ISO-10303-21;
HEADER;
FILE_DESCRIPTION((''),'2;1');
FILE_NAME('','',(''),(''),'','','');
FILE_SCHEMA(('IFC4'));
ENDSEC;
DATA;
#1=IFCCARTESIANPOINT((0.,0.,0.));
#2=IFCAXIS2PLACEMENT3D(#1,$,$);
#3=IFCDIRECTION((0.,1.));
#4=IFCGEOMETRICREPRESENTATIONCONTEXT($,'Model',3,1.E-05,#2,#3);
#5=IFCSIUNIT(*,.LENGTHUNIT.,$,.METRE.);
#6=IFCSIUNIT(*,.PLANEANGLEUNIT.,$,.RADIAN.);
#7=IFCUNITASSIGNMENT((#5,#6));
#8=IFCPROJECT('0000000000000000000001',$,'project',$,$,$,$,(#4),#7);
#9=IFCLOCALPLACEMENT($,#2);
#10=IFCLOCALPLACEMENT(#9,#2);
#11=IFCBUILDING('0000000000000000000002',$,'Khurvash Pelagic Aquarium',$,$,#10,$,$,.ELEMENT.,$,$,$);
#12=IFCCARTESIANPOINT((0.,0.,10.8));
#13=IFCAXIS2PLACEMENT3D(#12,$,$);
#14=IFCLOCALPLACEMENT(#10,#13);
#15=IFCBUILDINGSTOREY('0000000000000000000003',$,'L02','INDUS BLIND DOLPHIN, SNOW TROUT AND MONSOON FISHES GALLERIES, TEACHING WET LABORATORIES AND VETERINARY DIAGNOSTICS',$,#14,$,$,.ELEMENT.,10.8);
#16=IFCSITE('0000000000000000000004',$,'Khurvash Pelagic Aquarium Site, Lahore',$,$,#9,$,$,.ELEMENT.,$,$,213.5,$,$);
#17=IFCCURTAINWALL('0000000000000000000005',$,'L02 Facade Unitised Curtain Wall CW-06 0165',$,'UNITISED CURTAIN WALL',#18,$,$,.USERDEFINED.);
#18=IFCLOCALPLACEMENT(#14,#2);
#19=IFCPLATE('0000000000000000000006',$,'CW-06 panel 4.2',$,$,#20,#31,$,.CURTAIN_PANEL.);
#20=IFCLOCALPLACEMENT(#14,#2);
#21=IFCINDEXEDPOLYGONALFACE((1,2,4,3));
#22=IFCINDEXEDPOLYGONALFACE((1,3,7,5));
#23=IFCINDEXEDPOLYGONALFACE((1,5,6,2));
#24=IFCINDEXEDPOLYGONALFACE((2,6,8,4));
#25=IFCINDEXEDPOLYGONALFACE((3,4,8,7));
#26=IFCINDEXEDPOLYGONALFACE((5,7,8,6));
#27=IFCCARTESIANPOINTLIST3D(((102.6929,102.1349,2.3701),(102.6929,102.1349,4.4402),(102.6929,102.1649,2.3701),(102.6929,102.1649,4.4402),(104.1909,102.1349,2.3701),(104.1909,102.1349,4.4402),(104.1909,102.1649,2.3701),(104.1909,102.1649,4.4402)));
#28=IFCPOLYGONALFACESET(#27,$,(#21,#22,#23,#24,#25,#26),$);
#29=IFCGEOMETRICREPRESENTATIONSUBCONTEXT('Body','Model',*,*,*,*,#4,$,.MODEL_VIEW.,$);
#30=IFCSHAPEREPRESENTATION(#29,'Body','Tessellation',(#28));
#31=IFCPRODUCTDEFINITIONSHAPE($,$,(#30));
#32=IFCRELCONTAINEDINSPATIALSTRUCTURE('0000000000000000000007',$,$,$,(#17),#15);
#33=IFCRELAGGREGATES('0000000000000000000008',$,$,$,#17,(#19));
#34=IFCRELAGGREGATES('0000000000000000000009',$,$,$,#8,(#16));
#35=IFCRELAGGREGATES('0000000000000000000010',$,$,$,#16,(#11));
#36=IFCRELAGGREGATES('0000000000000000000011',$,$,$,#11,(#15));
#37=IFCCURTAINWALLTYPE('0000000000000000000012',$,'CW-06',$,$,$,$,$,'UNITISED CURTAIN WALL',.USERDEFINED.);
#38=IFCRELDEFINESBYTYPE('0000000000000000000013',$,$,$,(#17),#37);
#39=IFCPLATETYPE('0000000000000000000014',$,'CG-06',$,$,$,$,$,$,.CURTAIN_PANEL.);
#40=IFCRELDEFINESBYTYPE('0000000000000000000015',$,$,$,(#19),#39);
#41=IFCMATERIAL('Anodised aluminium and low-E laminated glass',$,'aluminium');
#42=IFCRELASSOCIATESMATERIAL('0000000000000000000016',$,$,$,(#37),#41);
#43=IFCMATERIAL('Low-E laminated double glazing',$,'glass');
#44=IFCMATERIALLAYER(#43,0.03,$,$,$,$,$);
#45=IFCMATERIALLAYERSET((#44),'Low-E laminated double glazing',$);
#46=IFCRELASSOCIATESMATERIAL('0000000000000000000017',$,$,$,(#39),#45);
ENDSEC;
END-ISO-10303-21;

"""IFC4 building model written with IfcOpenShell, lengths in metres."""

from ifc_helpers import new_model, si_unit, direction, frame, origin, origin_2d, place, context, subcontext, project, spatial, rectangle, extrude, material, layer, layer_set, type_object, element, aggregate, save


model = new_model("IFC4")

# Units and contexts
model_context = context("Model", 3, precision=1e-05, world=origin(), true_north=direction((0.0, 1.0)))
body_context = subcontext(model_context, "Body", "Model", "MODEL_VIEW")
ifc_project = project(units=[si_unit("LENGTHUNIT", "METRE"), si_unit("PLANEANGLEUNIT", "RADIAN")], contexts=[model_context])

# Site, building, storey
site_placement = place(None, origin())
site = spatial("IfcSite", under=ifc_project, at=site_placement, Name="Khurvash Pelagic Aquarium Site, Lahore", CompositionType="ELEMENT", RefElevation=213.5)
building_placement = place(site_placement, origin())
building = spatial("IfcBuilding", under=site, at=building_placement, Name="Khurvash Pelagic Aquarium", CompositionType="ELEMENT")
storey_placement = place(building_placement, frame((0.0, 0.0, 10.8)))
storey = spatial("IfcBuildingStorey", under=building, at=storey_placement, Name="L02", Description="INDUS BLIND DOLPHIN, SNOW TROUT AND MONSOON FISHES GALLERIES, TEACHING WET LABORATORIES AND VETERINARY DIAGNOSTICS", CompositionType="ELEMENT", Elevation=10.8)

# Curtain wall, plate
ifc_material_1 = material(Name="Anodised aluminium and low-E laminated glass", Category="aluminium")
curtain_wall_type = type_object("IfcCurtainWallType", Name="CW-06", ElementType="UNITISED CURTAIN WALL", PredefinedType="USERDEFINED", material=ifc_material_1)
curtain_wall_placement = place(storey_placement, origin())
curtain_wall = element("IfcCurtainWall", 1, at=curtain_wall_placement, inside=storey, type_object=curtain_wall_type, Name="L02 Facade Unitised Curtain Wall CW-06 0165", ObjectType="UNITISED CURTAIN WALL", PredefinedType="USERDEFINED")
ifc_material_2 = material(Name="Low-E laminated double glazing", Category="glass")
ifc_layer = layer(ifc_material_2, 0.03)
ifc_layer_set = layer_set([ifc_layer], Name="Low-E laminated double glazing")
plate_type = type_object("IfcPlateType", Name="CG-06", PredefinedType="CURTAIN_PANEL", material=ifc_layer_set)
plate_1_placement = place(storey_placement, frame((103.4419, 102.1499, 2.3701), z_axis=(0.0, 0.0, 1.0), x_axis=(-1.0, 0.0, 0.0)))
plate_1 = element("IfcPlate", 2, at=plate_1_placement, type_object=plate_type, Name="CW-06 panel 4.2", PredefinedType="CURTAIN_PANEL", context=body_context, shape_type="SweptSolid", body=[
    extrude(rectangle(XDim=1.498, YDim=0.03, at=origin_2d()), origin(), (0.0, 0.0, 1.0), 2.0701),
])
aggregate(curtain_wall, [plate_1])

save(model, "model.ifc")
